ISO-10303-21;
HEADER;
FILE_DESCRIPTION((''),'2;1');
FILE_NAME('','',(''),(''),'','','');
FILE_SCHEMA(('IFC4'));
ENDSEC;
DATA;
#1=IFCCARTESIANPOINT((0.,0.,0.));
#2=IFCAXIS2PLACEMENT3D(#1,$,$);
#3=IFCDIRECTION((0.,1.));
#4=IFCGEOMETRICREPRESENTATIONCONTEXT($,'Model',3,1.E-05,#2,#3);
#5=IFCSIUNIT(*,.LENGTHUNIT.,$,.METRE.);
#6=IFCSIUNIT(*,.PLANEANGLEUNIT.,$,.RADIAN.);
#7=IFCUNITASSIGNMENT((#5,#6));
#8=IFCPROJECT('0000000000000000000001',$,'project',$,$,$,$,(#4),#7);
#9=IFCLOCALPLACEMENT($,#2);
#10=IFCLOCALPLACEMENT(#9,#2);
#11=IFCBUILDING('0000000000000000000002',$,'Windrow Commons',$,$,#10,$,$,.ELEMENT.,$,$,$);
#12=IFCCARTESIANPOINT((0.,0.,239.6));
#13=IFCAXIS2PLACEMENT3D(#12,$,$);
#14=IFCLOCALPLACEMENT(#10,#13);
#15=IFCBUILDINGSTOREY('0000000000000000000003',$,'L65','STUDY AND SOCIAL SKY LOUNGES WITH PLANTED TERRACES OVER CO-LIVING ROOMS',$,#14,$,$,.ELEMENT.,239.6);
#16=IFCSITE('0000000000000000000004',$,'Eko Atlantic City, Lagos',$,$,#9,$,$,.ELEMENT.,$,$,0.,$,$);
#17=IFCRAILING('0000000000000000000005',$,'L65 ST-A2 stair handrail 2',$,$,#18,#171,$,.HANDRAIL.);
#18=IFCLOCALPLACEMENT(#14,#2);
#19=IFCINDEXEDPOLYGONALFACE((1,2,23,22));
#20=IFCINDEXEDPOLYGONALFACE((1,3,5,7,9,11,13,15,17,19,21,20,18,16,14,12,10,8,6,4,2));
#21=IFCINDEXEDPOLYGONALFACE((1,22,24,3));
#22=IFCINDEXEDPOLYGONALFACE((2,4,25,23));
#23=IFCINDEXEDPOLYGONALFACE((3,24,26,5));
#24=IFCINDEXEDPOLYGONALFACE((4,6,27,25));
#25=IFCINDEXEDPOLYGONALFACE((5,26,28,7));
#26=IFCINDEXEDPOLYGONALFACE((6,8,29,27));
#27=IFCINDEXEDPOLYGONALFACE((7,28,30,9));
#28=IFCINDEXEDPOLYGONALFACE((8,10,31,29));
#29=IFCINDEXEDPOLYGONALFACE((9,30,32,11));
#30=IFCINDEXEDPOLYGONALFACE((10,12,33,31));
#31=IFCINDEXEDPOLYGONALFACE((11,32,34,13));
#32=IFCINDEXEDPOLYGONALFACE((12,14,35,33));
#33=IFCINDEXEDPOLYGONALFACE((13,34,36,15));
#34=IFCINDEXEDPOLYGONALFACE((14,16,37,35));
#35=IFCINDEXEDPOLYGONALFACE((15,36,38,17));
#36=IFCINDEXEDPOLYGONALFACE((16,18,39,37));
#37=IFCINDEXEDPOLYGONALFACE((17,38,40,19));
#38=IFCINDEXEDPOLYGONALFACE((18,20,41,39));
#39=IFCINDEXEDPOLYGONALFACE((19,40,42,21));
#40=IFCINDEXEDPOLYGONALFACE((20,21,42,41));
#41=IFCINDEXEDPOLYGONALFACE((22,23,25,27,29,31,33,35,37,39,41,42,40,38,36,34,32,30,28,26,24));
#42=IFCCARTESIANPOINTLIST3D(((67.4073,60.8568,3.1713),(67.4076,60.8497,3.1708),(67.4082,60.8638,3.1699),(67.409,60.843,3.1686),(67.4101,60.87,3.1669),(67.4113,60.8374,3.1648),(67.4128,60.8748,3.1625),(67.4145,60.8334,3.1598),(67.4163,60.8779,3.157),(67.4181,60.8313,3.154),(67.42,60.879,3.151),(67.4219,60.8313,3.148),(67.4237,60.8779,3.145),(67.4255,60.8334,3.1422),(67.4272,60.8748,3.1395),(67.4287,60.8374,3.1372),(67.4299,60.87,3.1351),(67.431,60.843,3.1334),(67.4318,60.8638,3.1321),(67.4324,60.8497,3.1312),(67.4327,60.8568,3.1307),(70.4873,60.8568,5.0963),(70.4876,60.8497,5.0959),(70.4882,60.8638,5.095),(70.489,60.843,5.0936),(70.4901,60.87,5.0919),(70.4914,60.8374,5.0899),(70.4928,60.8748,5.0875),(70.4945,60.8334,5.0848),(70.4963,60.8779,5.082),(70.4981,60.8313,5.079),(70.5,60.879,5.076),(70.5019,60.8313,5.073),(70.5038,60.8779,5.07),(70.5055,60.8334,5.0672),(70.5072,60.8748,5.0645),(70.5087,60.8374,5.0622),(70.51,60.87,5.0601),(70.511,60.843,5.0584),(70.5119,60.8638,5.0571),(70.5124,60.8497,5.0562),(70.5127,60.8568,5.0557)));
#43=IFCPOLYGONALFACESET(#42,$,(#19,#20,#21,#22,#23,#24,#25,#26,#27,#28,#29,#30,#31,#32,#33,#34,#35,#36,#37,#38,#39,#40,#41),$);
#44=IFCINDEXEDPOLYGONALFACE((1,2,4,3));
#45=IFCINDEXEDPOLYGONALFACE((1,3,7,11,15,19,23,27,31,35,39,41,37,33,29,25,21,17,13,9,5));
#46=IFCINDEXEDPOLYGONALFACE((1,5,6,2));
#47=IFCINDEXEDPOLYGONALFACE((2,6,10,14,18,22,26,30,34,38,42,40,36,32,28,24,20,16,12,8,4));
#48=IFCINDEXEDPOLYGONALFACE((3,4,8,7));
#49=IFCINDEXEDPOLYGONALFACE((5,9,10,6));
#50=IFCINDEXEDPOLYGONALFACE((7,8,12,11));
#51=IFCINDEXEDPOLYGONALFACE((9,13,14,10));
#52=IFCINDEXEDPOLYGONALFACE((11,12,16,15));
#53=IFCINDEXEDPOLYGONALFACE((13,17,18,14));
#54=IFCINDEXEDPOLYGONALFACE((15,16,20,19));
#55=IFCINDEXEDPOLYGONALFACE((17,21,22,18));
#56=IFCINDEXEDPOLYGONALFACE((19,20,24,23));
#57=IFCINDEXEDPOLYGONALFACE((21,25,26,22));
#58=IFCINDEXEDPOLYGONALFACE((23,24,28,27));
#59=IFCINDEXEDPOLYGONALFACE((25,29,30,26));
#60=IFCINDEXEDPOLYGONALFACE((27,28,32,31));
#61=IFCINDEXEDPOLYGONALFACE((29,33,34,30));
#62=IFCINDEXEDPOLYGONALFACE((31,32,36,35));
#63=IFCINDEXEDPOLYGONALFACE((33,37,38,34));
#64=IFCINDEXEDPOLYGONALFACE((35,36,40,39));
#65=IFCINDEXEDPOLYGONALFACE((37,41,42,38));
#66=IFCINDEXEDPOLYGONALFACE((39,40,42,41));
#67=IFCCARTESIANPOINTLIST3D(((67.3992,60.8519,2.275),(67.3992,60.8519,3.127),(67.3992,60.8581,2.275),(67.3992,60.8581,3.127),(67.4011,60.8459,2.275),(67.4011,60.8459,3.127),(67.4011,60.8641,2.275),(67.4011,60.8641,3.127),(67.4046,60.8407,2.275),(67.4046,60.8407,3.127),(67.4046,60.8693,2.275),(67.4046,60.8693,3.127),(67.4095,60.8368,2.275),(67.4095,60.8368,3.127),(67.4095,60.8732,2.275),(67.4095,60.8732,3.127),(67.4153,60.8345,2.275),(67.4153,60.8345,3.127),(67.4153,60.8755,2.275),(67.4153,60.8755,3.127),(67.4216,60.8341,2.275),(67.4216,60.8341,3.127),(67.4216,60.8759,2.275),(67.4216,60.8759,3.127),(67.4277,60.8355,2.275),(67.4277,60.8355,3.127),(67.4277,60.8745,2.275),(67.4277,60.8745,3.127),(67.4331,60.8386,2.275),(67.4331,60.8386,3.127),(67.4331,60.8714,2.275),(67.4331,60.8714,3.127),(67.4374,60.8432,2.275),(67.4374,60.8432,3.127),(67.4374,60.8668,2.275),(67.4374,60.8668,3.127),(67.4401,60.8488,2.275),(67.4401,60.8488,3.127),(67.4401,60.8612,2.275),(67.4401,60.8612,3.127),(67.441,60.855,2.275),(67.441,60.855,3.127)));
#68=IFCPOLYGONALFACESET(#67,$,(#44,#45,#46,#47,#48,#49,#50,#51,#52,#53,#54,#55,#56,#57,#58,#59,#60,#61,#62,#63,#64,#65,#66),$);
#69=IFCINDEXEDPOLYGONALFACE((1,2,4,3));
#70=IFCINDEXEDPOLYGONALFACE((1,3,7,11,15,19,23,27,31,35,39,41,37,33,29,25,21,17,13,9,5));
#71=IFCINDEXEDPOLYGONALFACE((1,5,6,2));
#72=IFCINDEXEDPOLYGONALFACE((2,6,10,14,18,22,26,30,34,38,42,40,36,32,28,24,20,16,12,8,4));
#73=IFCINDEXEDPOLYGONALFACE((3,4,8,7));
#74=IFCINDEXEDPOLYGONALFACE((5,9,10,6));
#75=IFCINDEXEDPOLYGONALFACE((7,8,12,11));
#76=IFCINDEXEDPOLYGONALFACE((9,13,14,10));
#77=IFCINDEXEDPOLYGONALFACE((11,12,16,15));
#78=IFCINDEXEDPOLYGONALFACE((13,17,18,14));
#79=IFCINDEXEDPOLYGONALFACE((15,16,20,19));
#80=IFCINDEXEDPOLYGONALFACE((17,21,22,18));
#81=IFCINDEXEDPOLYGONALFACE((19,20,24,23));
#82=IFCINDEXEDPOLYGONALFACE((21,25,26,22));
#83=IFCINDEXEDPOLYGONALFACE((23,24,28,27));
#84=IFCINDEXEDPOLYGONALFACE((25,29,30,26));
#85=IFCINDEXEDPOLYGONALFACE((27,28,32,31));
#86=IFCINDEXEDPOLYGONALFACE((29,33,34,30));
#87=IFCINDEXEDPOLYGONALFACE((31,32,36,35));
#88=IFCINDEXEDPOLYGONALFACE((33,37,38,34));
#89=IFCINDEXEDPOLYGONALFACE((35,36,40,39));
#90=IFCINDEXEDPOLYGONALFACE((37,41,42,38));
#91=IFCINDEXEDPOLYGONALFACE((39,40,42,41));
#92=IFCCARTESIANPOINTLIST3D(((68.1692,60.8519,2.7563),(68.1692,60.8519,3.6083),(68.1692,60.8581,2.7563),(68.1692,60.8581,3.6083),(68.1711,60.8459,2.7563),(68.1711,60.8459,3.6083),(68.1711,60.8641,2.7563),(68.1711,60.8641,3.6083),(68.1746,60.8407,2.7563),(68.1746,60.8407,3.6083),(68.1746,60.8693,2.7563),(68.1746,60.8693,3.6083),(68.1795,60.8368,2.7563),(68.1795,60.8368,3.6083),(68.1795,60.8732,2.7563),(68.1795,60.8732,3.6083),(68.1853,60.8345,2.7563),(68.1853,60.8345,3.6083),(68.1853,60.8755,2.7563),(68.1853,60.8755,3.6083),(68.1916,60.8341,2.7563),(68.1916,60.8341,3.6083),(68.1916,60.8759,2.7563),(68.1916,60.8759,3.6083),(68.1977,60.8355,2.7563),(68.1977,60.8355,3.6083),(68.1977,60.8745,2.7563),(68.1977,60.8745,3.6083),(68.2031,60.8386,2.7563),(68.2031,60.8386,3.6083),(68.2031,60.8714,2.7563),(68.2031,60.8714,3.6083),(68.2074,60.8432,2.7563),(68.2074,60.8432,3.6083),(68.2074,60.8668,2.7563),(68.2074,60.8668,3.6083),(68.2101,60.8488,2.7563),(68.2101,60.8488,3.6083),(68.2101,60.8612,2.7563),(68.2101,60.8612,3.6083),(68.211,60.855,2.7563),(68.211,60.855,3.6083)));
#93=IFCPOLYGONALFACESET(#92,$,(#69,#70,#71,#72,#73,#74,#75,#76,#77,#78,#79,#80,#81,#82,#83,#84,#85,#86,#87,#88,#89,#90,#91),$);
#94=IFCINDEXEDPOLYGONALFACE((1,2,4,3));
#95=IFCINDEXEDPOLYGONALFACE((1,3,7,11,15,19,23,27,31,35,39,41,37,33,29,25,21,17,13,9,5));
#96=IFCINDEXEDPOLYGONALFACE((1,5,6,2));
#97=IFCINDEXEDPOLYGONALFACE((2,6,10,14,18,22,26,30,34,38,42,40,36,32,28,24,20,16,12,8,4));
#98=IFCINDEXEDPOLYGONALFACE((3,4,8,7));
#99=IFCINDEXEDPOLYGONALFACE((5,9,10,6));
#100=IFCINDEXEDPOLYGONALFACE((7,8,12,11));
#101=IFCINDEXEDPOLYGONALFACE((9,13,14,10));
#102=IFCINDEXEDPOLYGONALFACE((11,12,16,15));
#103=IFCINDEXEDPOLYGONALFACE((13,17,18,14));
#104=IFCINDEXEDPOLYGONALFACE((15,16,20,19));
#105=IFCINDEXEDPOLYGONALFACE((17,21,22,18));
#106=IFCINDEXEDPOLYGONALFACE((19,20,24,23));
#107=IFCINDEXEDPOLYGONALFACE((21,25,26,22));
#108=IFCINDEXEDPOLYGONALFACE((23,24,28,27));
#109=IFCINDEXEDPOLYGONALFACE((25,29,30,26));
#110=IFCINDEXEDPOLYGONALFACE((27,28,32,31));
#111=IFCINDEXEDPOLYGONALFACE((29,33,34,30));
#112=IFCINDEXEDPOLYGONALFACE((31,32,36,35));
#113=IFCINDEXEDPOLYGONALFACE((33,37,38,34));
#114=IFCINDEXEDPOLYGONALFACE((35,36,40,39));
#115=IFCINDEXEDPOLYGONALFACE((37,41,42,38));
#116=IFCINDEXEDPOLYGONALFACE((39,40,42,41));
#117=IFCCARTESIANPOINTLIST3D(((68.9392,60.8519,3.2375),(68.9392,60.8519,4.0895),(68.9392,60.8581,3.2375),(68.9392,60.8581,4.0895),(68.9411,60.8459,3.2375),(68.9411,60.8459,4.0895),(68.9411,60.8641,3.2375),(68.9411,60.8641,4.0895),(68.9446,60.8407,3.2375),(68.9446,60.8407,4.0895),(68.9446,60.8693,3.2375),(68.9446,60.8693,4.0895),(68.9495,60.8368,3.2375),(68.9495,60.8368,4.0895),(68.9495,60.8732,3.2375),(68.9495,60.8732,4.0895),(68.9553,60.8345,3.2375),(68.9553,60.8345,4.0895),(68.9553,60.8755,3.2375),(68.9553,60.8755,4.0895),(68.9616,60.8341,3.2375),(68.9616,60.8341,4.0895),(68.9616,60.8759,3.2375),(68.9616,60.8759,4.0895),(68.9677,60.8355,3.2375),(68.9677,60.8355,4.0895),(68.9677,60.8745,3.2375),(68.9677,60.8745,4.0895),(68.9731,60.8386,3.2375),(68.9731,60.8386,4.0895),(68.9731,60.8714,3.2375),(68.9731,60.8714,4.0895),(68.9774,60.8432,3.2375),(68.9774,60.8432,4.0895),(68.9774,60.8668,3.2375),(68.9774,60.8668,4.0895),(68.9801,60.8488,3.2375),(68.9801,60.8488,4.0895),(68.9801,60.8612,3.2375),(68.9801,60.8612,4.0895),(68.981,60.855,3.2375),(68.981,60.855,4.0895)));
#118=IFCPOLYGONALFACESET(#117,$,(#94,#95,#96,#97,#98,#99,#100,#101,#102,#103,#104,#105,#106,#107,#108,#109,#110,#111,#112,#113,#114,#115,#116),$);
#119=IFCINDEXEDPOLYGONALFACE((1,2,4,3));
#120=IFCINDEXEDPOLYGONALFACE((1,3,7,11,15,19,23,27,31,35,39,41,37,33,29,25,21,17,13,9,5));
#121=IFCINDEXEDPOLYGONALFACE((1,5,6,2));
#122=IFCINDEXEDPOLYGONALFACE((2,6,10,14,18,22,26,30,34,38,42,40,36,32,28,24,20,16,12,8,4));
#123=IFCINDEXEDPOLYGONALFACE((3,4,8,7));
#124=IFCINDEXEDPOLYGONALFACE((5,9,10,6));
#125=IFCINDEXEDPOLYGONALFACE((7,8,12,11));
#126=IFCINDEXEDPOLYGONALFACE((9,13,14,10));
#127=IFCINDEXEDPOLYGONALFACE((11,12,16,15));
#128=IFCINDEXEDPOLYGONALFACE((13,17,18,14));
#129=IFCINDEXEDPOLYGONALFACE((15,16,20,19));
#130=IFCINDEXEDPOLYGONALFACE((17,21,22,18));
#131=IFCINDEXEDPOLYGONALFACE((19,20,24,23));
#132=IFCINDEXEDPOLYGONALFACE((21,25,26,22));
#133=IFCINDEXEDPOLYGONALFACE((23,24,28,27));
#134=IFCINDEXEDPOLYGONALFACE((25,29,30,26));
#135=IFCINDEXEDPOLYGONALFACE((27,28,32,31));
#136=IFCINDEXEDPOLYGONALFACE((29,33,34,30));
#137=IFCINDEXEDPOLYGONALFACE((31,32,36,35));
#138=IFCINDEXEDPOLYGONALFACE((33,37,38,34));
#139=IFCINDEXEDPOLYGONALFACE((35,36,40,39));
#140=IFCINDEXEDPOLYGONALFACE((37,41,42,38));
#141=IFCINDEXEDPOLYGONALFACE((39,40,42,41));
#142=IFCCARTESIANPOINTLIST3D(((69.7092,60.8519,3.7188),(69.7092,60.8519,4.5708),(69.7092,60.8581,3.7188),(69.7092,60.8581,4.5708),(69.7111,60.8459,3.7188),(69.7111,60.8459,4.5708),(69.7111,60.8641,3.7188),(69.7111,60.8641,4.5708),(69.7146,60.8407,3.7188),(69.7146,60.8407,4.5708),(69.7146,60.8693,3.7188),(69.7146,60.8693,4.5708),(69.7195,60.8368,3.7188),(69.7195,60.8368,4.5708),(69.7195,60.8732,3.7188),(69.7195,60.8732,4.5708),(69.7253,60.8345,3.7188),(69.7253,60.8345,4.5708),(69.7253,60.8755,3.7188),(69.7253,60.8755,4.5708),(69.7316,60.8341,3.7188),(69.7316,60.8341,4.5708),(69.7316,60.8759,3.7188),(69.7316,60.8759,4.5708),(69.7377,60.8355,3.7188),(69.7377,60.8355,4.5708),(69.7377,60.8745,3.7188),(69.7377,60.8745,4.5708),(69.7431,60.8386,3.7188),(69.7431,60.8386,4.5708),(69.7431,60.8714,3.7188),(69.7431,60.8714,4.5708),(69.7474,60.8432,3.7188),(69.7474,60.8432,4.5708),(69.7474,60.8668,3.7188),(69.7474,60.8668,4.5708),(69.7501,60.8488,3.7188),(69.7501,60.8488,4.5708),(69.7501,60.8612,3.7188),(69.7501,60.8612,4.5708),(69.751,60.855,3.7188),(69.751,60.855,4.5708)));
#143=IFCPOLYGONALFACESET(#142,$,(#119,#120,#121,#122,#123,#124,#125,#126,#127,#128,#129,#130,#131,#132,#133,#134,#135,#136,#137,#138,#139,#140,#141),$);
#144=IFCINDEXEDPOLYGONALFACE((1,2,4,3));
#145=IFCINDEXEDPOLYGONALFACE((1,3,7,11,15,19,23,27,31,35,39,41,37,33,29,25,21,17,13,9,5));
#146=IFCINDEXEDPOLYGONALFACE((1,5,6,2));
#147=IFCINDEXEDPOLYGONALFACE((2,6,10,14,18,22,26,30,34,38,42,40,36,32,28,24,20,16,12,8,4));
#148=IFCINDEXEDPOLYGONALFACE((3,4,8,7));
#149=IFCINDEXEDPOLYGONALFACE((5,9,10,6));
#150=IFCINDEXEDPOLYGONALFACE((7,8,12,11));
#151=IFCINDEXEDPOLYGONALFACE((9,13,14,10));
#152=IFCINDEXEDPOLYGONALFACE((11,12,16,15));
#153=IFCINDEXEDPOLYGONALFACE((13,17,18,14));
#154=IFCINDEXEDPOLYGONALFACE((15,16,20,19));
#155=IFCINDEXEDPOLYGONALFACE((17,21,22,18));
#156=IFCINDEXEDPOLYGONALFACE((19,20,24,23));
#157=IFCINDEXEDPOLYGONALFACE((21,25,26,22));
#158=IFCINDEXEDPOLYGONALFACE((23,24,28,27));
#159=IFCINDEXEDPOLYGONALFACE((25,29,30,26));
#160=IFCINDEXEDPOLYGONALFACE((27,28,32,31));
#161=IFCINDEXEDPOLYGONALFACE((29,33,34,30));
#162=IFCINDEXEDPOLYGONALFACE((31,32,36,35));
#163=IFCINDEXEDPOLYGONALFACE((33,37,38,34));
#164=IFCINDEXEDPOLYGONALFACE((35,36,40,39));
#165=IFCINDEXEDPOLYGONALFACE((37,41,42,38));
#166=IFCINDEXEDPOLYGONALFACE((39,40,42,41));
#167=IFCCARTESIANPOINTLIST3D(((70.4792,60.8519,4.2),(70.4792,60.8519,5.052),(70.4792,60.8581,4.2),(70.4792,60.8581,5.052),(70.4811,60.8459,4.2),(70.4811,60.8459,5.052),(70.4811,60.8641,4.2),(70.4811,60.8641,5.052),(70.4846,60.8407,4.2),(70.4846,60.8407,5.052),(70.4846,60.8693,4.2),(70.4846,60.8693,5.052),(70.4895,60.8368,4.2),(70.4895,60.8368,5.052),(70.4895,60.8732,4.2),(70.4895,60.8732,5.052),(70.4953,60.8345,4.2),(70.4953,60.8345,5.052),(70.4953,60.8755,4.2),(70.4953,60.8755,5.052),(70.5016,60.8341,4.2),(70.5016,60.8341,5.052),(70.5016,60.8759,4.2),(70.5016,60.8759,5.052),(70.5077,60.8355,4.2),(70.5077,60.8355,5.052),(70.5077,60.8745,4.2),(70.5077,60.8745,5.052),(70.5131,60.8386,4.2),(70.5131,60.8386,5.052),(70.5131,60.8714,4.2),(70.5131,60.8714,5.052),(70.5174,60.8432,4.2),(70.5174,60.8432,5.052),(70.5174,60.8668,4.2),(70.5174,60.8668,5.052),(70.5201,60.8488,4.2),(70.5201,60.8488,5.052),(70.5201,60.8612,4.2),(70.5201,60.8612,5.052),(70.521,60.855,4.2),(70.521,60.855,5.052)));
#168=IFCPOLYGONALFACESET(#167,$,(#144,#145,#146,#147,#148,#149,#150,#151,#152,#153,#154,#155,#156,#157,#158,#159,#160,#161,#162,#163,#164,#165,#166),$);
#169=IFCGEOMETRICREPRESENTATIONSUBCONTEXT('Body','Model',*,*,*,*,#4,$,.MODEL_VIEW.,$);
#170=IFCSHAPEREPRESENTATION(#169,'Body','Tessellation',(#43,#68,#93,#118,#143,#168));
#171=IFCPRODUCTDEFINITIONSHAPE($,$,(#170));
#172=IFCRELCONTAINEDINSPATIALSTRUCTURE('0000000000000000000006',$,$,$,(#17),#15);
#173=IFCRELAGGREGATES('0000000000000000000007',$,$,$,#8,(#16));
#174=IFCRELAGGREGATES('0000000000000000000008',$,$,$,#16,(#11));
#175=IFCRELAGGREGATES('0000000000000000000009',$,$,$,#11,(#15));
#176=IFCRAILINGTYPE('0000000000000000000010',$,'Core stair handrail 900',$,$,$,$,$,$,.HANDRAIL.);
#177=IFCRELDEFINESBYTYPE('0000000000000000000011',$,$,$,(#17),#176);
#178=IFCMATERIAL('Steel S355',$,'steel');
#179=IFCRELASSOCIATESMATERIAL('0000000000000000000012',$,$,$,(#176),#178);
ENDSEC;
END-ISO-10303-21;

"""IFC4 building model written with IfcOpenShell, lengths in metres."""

from ifc_helpers import new_model, si_unit, direction, frame, origin, origin_2d, place, context, subcontext, project, spatial, circle, extrude, material, type_object, element, save


model = new_model("IFC4")

# Units and contexts
model_context = context("Model", 3, precision=1e-05, world=origin(), true_north=direction((0.0, 1.0)))
body_context = subcontext(model_context, "Body", "Model", "MODEL_VIEW")
ifc_project = project(units=[si_unit("LENGTHUNIT", "METRE"), si_unit("PLANEANGLEUNIT", "RADIAN")], contexts=[model_context])

# Site, building, storey
site_placement = place(None, origin())
site = spatial("IfcSite", under=ifc_project, at=site_placement, Name="Eko Atlantic City, Lagos", CompositionType="ELEMENT", RefElevation=0.0)
building_placement = place(site_placement, origin())
building = spatial("IfcBuilding", under=site, at=building_placement, Name="Windrow Commons", CompositionType="ELEMENT")
storey_placement = place(building_placement, frame((0.0, 0.0, 239.6)))
storey = spatial("IfcBuildingStorey", under=building, at=storey_placement, Name="L65", Description="STUDY AND SOCIAL SKY LOUNGES WITH PLANTED TERRACES OVER CO-LIVING ROOMS", CompositionType="ELEMENT", Elevation=239.6)

# Railing
ifc_material_1 = material(Name="Steel S355", Category="steel")
railing_type = type_object("IfcRailingType", Name="Core stair handrail 900", PredefinedType="HANDRAIL", material=ifc_material_1)
railing_placement = place(storey_placement, frame((67.42, 60.855, 2.275)))
element("IfcRailing", 1, at=railing_placement, inside=storey, type_object=railing_type, Name="L65 ST-A2 stair handrail 2", PredefinedType="HANDRAIL", context=body_context, shape_type="SweptSolid", body=[
    extrude(circle(Radius=0.024, at=origin_2d()), frame((0.0, 0.0, 0.876), z_axis=(0.847998, 0.0, 0.529999), x_axis=(0.0, 1.0, 0.0)), (0.0, 0.0, 1.0), 3.6321),
    extrude(circle(Radius=0.021, at=origin_2d()), origin(), (0.0, 0.0, 1.0), 0.852),
    extrude(circle(Radius=0.021, at=origin_2d()), frame((0.77, 0.0, 0.4813)), (0.0, 0.0, 1.0), 0.852),
    extrude(circle(Radius=0.021, at=origin_2d()), frame((1.54, 0.0, 0.9625)), (0.0, 0.0, 1.0), 0.852),
    extrude(circle(Radius=0.021, at=origin_2d()), frame((2.31, 0.0, 1.4438)), (0.0, 0.0, 1.0), 0.852),
    extrude(circle(Radius=0.021, at=origin_2d()), frame((3.08, 0.0, 1.925)), (0.0, 0.0, 1.0), 0.852),
])

save(model, "model.ifc")
